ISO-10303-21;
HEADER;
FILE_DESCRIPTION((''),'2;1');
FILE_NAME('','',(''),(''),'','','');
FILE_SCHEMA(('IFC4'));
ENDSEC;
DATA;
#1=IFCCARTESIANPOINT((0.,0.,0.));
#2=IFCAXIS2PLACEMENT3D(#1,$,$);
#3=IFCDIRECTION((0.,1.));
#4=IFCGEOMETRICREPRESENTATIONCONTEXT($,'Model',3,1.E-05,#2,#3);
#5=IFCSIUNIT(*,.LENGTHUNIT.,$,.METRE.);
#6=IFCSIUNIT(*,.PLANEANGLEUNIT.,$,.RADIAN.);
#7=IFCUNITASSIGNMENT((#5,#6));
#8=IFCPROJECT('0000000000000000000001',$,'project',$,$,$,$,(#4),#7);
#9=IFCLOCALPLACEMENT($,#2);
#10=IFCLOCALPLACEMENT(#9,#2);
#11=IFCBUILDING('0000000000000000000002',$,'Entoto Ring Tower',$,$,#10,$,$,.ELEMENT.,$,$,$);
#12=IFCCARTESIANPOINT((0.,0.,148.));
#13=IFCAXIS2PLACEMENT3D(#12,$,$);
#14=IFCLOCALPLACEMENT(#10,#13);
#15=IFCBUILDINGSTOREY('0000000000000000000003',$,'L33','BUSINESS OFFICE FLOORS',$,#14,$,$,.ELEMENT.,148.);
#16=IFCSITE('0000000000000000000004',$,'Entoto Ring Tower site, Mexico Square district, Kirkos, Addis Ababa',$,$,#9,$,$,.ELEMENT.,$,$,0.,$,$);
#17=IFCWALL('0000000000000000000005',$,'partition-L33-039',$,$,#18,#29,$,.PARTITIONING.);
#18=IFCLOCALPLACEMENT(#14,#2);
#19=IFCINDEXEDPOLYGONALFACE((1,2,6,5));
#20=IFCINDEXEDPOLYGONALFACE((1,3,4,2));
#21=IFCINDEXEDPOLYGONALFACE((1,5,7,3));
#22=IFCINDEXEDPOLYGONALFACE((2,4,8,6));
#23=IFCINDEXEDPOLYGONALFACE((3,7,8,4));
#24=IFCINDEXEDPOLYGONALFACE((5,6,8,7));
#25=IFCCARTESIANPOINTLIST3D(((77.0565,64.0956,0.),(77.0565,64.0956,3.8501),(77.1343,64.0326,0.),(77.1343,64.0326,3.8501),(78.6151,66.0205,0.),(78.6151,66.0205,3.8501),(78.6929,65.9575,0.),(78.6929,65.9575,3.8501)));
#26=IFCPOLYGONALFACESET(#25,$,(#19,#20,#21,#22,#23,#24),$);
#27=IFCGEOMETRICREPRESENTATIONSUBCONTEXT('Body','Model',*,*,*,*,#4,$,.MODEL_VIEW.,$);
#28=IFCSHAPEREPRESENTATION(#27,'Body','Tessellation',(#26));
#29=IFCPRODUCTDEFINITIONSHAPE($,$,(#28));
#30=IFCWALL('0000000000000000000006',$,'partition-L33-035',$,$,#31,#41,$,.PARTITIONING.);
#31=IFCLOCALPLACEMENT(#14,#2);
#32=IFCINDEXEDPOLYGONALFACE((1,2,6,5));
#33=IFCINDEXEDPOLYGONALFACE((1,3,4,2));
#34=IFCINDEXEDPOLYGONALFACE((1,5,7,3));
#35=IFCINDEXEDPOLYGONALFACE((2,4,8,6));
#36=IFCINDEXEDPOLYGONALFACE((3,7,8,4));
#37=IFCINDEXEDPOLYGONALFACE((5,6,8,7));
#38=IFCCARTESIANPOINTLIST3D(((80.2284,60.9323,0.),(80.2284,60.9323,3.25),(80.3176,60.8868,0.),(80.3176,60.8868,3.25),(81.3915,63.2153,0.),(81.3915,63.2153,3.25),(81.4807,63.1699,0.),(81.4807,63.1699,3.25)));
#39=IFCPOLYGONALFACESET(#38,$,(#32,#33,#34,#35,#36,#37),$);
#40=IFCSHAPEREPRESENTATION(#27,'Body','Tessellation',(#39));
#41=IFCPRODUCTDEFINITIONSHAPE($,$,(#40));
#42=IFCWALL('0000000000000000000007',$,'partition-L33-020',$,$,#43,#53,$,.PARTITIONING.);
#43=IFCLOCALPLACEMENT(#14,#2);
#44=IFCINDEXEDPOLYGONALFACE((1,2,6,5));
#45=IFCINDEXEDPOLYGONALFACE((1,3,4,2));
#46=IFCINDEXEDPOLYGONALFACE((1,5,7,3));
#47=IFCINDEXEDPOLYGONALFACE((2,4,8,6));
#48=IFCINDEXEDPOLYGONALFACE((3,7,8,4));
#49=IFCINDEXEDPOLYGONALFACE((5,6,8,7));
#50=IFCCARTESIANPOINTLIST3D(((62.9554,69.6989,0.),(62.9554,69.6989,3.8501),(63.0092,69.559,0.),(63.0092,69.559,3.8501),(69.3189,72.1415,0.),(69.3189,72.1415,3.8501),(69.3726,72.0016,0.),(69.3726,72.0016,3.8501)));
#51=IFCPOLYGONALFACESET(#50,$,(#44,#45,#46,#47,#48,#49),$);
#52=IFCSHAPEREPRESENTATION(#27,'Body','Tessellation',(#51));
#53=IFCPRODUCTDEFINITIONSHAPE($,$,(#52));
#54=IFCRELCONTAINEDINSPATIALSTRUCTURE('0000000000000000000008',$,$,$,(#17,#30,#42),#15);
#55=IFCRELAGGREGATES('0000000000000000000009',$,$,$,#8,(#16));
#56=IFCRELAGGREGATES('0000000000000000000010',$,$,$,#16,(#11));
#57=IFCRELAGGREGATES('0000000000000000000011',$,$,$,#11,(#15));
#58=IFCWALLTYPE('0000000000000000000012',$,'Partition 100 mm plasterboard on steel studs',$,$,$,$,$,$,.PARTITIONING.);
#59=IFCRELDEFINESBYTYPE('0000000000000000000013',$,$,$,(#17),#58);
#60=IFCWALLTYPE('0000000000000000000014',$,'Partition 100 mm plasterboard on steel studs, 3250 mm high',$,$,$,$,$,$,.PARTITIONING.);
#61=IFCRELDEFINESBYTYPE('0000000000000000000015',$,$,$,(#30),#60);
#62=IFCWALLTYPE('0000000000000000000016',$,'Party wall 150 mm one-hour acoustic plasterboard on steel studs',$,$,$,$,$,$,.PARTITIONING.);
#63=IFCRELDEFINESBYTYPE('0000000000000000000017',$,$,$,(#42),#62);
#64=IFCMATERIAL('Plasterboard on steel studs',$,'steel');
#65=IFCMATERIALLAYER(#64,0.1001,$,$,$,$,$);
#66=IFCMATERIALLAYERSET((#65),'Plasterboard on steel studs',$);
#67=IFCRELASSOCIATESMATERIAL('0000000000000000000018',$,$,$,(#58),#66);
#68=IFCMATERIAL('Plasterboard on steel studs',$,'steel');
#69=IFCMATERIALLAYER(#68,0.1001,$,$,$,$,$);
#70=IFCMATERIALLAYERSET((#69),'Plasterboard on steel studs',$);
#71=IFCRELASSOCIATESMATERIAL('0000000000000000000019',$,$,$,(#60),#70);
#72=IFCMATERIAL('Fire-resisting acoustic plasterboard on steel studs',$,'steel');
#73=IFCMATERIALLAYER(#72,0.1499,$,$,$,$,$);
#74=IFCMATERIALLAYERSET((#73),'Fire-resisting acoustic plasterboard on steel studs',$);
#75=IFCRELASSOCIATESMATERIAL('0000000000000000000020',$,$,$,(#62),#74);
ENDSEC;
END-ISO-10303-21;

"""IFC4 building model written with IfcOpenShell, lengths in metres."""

from ifc_helpers import new_model, si_unit, direction, frame, frame_2d, origin, place, context, subcontext, project, spatial, rectangle, extrude, material, layer, layer_set, type_object, element, save


model = new_model("IFC4")

# Units and contexts
model_context = context("Model", 3, precision=1e-05, world=origin(), true_north=direction((0.0, 1.0)))
body_context = subcontext(model_context, "Body", "Model", "MODEL_VIEW")
ifc_project = project(units=[si_unit("LENGTHUNIT", "METRE"), si_unit("PLANEANGLEUNIT", "RADIAN")], contexts=[model_context])

# Site, building, storey
site_placement = place(None, origin())
site = spatial("IfcSite", under=ifc_project, at=site_placement, Name="Entoto Ring Tower site, Mexico Square district, Kirkos, Addis Ababa", CompositionType="ELEMENT", RefElevation=0.0)
building_placement = place(site_placement, origin())
building = spatial("IfcBuilding", under=site, at=building_placement, Name="Entoto Ring Tower", CompositionType="ELEMENT")
storey_placement = place(building_placement, frame((0.0, 0.0, 148.0)))
storey = spatial("IfcBuildingStorey", under=building, at=storey_placement, Name="L33", Description="BUSINESS OFFICE FLOORS", CompositionType="ELEMENT", Elevation=148.0)

# Shared definitions
ifc_material_1 = material(Name="Plasterboard on steel studs", Category="steel")
ifc_layer_1 = layer(ifc_material_1, 0.1001)
ifc_layer_set_1 = layer_set([ifc_layer_1], Name="Plasterboard on steel studs")
wall_type_1 = type_object("IfcWallType", Name="Partition 100 mm plasterboard on steel studs", PredefinedType="PARTITIONING", material=ifc_layer_set_1)

# Walls
wall_1_placement = place(storey_placement, frame((77.0955, 64.0642, 0.0), z_axis=(0.0, 0.0, 1.0), x_axis=(0.6293, 0.777162, 0.0)))
element("IfcWall", 1, at=wall_1_placement, inside=storey, type_object=wall_type_1, Name="partition-L33-039", PredefinedType="PARTITIONING", context=body_context, shape_type="SweptSolid", body=[
    extrude(rectangle(XDim=2.4768, YDim=0.1001, at=frame_2d((1.2383, 0.0))), origin(), (0.0, 0.0, 1.0), 3.8501),
])
ifc_material_2 = material(Name="Plasterboard on steel studs", Category="steel")
ifc_layer_2 = layer(ifc_material_2, 0.1001)
ifc_layer_set_2 = layer_set([ifc_layer_2], Name="Plasterboard on steel studs")
wall_type_2 = type_object("IfcWallType", Name="Partition 100 mm plasterboard on steel studs, 3250 mm high", PredefinedType="PARTITIONING", material=ifc_layer_set_2)
wall_2_placement = place(storey_placement, frame((80.2729, 60.9094, 0.0), z_axis=(0.0, 0.0, 1.0), x_axis=(0.453947, 0.891029, 0.0)))
element("IfcWall", 2, at=wall_2_placement, inside=storey, type_object=wall_type_2, Name="partition-L33-035", PredefinedType="PARTITIONING", context=body_context, shape_type="SweptSolid", body=[
    extrude(rectangle(XDim=2.5623, YDim=0.1001, at=frame_2d((1.2812, 0.0))), origin(), (0.0, 0.0, 1.0), 3.25),
])
ifc_material_3 = material(Name="Fire-resisting acoustic plasterboard on steel studs", Category="steel")
ifc_layer_3 = layer(ifc_material_3, 0.1499)
ifc_layer_set_3 = layer_set([ifc_layer_3], Name="Fire-resisting acoustic plasterboard on steel studs")
wall_type_3 = type_object("IfcWallType", Name="Party wall 150 mm one-hour acoustic plasterboard on steel studs", PredefinedType="PARTITIONING", material=ifc_layer_set_3)
wall_3_placement = place(storey_placement, frame((62.9822, 69.6289, 0.0), z_axis=(0.0, 0.0, 1.0), x_axis=(0.933585, 0.358355, 0.0)))
element("IfcWall", 3, at=wall_3_placement, inside=storey, type_object=wall_type_3, Name="partition-L33-020", PredefinedType="PARTITIONING", context=body_context, shape_type="SweptSolid", body=[
    extrude(rectangle(XDim=6.8162, YDim=0.1499, at=frame_2d((3.4082, 0.0))), origin(), (0.0, 0.0, 1.0), 3.8501),
])

save(model, "model.ifc")
